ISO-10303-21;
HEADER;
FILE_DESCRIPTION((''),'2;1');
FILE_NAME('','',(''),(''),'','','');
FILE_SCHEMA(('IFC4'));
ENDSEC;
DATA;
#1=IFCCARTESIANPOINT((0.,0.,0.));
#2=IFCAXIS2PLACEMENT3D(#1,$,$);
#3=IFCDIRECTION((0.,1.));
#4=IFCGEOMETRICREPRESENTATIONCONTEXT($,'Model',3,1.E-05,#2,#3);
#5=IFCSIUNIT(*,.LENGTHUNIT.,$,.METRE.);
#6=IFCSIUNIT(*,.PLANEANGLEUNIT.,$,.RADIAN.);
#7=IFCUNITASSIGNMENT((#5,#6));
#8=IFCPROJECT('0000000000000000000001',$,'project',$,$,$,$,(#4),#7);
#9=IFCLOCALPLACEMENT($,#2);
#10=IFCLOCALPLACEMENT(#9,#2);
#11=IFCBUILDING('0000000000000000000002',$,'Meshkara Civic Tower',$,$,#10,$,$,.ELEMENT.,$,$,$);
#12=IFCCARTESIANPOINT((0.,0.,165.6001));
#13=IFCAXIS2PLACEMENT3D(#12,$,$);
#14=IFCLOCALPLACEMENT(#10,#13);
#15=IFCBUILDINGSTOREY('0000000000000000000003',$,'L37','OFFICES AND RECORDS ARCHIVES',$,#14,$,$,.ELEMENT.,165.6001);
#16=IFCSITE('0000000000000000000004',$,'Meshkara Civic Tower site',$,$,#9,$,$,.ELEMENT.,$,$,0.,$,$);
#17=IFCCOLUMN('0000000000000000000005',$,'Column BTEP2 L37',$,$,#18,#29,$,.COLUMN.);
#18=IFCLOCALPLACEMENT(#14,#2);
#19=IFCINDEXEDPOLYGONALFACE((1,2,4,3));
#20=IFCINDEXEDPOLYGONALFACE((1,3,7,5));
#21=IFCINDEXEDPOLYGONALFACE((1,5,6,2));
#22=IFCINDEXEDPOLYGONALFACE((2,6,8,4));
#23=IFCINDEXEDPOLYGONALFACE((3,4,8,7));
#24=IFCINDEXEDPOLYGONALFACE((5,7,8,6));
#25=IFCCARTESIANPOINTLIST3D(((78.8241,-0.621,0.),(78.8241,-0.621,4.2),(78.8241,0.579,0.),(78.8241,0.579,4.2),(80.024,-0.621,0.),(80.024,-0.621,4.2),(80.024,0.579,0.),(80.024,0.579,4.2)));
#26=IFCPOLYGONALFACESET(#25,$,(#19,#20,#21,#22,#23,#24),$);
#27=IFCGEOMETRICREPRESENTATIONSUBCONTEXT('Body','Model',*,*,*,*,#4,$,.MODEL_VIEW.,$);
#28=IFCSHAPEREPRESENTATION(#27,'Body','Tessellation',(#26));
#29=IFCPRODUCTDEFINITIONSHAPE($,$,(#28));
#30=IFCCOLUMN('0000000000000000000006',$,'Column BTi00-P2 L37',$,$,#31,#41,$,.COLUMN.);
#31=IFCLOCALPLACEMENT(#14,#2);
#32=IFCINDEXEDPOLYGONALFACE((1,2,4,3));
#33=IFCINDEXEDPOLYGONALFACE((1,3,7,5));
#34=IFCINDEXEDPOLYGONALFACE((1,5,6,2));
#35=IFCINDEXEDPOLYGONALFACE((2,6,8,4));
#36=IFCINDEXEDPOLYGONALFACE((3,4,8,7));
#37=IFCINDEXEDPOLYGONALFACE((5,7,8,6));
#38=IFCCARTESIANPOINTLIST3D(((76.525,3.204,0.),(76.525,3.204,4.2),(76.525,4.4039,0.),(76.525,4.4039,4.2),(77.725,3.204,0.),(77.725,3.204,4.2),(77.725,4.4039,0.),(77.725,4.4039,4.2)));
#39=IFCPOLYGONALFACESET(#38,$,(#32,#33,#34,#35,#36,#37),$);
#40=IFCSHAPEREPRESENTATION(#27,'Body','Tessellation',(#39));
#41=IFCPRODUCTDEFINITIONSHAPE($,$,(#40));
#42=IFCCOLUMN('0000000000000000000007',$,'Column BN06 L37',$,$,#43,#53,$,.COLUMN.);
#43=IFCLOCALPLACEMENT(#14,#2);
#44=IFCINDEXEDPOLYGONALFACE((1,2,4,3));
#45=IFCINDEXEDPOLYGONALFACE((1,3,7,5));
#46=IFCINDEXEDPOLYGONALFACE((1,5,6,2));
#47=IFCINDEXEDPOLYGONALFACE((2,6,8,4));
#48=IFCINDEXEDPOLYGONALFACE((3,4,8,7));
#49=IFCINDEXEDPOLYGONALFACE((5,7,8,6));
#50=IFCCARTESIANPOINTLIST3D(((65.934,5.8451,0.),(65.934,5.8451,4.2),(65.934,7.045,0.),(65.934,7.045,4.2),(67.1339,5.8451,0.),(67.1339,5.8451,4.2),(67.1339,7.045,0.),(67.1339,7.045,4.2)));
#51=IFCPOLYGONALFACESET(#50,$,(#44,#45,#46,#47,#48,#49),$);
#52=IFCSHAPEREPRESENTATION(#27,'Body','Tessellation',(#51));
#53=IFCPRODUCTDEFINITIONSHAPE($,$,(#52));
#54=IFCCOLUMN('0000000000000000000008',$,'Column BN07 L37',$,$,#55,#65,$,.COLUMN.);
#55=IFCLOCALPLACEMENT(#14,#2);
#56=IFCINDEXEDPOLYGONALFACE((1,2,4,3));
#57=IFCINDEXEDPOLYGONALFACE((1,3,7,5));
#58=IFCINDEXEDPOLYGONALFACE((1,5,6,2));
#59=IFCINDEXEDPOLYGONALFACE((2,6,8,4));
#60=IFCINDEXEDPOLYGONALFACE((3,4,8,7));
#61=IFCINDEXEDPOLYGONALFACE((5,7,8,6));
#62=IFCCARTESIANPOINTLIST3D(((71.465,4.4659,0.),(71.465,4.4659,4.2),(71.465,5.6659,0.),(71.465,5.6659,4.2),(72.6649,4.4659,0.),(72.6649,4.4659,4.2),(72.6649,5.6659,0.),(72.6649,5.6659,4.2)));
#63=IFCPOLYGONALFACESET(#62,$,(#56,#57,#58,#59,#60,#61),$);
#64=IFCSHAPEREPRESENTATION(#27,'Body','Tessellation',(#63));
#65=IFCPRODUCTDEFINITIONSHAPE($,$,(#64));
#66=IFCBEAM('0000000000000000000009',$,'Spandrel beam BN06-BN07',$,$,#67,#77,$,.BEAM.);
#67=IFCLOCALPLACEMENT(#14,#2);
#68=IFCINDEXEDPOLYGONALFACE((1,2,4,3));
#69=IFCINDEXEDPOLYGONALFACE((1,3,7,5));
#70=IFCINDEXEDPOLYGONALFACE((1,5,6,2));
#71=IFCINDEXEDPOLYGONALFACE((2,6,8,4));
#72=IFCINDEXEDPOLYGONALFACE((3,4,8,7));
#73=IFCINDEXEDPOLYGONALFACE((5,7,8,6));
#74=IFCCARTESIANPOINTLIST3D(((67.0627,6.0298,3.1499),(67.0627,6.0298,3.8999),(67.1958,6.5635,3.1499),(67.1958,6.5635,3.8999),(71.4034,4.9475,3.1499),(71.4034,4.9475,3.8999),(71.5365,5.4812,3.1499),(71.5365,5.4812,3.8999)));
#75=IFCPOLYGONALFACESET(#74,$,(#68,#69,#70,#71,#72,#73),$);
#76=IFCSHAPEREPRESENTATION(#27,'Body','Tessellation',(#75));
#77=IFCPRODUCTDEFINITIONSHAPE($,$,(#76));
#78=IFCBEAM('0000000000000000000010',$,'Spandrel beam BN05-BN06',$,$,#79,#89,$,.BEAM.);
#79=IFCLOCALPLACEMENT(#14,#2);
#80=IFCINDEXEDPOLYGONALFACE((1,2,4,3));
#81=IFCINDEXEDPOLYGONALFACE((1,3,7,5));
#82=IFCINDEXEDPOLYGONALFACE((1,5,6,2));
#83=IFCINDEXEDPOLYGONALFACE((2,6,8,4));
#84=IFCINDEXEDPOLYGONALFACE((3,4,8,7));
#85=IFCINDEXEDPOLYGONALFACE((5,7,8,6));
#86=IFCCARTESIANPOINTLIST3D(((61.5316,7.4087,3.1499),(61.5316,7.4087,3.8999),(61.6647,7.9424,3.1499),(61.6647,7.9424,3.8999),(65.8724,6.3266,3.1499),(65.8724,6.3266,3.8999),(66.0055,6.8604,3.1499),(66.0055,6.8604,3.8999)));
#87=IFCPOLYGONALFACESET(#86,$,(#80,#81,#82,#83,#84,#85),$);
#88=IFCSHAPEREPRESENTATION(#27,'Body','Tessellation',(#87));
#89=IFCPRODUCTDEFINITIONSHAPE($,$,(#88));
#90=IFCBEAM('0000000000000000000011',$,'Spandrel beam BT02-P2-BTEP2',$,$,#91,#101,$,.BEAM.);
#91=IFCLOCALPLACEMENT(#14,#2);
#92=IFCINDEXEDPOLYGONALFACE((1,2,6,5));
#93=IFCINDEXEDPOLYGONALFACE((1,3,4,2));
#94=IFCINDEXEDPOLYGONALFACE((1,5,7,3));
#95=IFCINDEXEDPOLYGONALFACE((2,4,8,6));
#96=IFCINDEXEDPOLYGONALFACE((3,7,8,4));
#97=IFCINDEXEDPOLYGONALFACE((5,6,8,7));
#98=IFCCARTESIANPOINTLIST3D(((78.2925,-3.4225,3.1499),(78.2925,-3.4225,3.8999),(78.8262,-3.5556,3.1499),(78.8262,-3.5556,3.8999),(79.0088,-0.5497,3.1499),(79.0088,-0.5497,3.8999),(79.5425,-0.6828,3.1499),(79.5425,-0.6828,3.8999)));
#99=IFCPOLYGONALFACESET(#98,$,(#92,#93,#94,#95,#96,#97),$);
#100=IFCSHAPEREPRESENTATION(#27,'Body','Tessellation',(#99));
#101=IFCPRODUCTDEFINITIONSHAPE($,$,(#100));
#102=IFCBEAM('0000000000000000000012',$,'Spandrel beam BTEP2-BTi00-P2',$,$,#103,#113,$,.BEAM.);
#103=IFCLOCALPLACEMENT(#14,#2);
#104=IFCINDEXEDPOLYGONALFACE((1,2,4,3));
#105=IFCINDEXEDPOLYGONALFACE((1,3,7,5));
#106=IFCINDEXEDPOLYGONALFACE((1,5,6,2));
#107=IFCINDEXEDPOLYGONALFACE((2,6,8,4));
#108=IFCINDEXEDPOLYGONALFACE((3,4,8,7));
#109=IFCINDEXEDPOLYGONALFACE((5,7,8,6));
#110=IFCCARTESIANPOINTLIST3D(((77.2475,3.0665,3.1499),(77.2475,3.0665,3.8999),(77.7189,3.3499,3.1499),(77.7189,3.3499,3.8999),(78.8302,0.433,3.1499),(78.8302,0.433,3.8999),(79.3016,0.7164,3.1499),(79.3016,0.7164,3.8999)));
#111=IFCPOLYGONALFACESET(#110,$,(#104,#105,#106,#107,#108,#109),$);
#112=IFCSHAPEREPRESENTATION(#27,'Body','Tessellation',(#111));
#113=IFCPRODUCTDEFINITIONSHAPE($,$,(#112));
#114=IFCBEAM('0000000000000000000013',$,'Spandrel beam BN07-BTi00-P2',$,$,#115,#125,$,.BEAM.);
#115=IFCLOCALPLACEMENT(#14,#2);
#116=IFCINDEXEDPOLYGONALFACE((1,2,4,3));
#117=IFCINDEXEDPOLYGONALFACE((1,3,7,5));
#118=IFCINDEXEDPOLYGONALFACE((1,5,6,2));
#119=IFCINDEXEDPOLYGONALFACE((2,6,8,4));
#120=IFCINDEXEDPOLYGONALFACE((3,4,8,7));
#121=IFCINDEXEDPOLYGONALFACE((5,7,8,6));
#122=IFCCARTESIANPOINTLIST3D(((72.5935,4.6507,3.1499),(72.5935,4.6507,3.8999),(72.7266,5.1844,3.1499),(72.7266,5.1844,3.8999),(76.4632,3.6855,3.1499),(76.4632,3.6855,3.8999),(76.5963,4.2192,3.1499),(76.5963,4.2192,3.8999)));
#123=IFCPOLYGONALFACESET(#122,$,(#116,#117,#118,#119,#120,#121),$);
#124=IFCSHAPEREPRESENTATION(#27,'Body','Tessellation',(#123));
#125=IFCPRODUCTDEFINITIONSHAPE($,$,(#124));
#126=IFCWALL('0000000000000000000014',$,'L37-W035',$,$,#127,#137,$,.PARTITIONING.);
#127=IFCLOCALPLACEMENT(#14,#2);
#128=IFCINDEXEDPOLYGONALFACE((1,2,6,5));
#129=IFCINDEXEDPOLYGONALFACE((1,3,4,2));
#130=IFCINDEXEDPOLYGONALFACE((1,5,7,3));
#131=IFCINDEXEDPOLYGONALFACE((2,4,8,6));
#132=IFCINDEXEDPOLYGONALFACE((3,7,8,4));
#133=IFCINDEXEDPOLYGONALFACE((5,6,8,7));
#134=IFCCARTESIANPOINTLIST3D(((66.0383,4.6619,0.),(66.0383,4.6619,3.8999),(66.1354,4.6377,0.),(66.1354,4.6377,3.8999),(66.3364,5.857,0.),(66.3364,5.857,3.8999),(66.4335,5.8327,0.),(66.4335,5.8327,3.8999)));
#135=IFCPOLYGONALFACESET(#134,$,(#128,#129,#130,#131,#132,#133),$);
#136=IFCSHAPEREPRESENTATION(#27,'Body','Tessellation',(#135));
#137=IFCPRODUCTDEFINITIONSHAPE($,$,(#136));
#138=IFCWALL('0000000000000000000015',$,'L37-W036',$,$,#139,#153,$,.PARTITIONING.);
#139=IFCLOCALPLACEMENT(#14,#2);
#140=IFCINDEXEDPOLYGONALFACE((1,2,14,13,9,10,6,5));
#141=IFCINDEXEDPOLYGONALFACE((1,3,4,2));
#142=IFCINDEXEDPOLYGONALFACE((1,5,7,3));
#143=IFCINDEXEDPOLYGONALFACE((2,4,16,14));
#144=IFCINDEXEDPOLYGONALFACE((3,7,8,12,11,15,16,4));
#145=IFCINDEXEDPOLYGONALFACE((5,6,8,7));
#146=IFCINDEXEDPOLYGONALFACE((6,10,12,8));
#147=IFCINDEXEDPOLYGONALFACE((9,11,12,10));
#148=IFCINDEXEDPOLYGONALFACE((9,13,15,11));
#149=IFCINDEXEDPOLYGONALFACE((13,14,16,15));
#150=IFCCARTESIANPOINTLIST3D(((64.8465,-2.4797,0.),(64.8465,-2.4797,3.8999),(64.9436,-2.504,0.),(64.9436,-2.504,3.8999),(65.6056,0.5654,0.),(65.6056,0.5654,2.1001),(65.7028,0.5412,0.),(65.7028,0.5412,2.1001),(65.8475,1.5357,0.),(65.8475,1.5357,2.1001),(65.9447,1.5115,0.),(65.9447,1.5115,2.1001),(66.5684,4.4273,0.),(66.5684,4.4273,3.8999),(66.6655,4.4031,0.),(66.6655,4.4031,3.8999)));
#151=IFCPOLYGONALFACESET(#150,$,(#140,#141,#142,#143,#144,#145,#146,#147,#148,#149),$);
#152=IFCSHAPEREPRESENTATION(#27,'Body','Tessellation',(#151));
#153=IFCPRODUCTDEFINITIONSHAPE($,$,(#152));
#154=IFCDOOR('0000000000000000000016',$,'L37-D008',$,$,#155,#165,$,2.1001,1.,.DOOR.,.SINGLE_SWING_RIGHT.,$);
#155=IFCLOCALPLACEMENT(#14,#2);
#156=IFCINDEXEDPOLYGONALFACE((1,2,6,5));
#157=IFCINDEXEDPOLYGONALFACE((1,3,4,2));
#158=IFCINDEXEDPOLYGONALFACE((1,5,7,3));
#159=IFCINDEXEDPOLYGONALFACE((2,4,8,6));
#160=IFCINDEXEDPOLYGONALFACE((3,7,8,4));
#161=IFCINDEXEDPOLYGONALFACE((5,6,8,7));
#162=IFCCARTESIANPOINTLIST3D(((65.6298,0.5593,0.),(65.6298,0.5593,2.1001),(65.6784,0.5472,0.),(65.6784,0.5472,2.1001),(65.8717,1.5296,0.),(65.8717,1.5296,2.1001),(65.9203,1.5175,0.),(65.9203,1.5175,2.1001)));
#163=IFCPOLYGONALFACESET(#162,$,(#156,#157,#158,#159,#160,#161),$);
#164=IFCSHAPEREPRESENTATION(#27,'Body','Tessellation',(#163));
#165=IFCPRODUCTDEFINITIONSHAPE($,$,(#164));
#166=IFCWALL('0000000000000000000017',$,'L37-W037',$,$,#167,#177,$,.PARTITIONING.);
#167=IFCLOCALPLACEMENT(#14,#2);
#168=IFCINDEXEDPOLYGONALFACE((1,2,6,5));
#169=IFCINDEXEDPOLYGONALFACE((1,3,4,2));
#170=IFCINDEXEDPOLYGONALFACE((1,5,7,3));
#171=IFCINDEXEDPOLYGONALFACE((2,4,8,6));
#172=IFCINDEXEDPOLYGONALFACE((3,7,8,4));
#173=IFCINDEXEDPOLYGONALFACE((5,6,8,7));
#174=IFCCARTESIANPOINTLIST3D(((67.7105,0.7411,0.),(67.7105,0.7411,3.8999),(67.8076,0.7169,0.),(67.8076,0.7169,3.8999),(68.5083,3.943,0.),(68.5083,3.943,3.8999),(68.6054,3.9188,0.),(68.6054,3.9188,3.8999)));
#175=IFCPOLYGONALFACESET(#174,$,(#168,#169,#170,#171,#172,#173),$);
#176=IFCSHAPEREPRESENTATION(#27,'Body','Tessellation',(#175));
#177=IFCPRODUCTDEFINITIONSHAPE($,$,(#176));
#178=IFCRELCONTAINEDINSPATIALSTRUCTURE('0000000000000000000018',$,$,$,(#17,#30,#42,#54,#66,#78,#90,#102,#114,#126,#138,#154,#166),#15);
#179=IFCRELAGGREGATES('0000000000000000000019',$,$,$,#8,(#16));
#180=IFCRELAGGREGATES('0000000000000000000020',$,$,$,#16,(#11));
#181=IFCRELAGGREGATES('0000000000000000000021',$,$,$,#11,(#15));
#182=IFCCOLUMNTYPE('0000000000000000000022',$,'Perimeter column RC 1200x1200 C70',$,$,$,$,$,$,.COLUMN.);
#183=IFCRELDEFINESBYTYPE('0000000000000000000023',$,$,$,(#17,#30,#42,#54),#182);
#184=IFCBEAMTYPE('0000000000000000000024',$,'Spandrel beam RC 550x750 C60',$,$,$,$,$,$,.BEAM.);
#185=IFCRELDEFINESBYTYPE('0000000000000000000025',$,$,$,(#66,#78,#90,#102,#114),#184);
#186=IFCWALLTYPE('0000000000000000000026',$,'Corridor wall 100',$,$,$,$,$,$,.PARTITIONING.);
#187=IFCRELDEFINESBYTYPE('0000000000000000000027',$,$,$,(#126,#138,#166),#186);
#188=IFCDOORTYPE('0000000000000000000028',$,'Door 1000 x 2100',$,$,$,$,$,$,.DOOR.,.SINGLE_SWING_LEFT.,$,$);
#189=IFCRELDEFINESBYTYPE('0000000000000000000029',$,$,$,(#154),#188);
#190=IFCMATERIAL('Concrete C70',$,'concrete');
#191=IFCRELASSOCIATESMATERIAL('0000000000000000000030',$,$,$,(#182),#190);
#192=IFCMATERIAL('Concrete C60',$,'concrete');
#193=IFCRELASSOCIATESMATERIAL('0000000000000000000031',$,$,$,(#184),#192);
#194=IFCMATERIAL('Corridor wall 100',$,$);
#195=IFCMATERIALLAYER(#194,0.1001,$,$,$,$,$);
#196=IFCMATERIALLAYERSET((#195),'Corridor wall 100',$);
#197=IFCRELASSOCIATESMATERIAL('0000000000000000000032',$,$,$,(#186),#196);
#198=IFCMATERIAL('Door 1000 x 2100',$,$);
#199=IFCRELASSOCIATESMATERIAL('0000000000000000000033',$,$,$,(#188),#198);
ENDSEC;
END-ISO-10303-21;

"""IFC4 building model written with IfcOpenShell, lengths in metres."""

from ifc_helpers import new_model, si_unit, direction, frame, frame_2d, origin, origin_2d, place, context, subcontext, project, spatial, rectangle, extrude, material, layer, layer_set, material_profile, profile_set, type_object, element, fill, save


model = new_model("IFC4")

# Units and contexts
model_context = context("Model", 3, precision=1e-05, world=origin(), true_north=direction((0.0, 1.0)))
body_context = subcontext(model_context, "Body", "Model", "MODEL_VIEW")
ifc_project = project(units=[si_unit("LENGTHUNIT", "METRE"), si_unit("PLANEANGLEUNIT", "RADIAN")], contexts=[model_context])

# Site, building, storey
site_placement = place(None, origin())
site = spatial("IfcSite", under=ifc_project, at=site_placement, Name="Meshkara Civic Tower site", CompositionType="ELEMENT", RefElevation=0.0)
building_placement = place(site_placement, origin())
building = spatial("IfcBuilding", under=site, at=building_placement, Name="Meshkara Civic Tower", CompositionType="ELEMENT")
storey_placement = place(building_placement, frame((0.0, 0.0, 165.6001)))
storey = spatial("IfcBuildingStorey", under=building, at=storey_placement, Name="L37", Description="OFFICES AND RECORDS ARCHIVES", CompositionType="ELEMENT", Elevation=165.6001)

# Columns
ifc_material_1 = material(Name="Concrete C70", Category="concrete")
ifc_material_profile_1 = material_profile(ifc_material_1, rectangle(XDim=1.2, YDim=1.2, at=origin_2d()))
ifc_profile_set_1 = profile_set([ifc_material_profile_1], Name="Concrete C70")
column_type = type_object("IfcColumnType", Name="Perimeter column RC 1200x1200 C70", PredefinedType="COLUMN", material=ifc_profile_set_1)
for number, where, z_axis, x_axis, name in (
    (1, (79.4241, -0.021, 0.0), (0.0, 0.0, 1.0), (1.0, 0.0, 0.0), "Column BTEP2 L37"),
    (2, (77.125, 3.804, 0.0), (0.0, 0.0, 1.0), (1.0, 0.0, 0.0), "Column BTi00-P2 L37"),
    (3, (66.5339, 6.4451, 0.0), (0.0, 0.0, 1.0), (1.0, 0.0, 0.0), "Column BN06 L37"),
    (4, (72.0649, 5.0659, 0.0), (0.0, 0.0, 1.0), (1.0, 0.0, 0.0), "Column BN07 L37"),
):
    element("IfcColumn", number, at=place(storey_placement, frame(where, z_axis=z_axis, x_axis=x_axis)), inside=storey, type_object=column_type, Name=name, PredefinedType="COLUMN", context=body_context, shape_type="SweptSolid", body=[
        extrude(rectangle(XDim=1.2, YDim=1.2, at=origin_2d()), origin(), (0.0, 0.0, 1.0), 4.2),
    ])

# Beams
ifc_material_2 = material(Name="Concrete C60", Category="concrete")
ifc_material_profile_2 = material_profile(ifc_material_2, rectangle(XDim=0.55, YDim=0.75, at=origin_2d()))
ifc_profile_set_2 = profile_set([ifc_material_profile_2], Name="Concrete C60")
beam_type = type_object("IfcBeamType", Name="Spandrel beam RC 550x750 C60", PredefinedType="BEAM", material=ifc_profile_set_2)
for number, where, z_axis, x_axis, name in (
    (5, (71.47, 5.2144, 3.5249), (-0.970296, 0.241919, 0.0), (-0.241919, -0.970296, 0.0), "Spandrel beam BN06-BN07"),
    (6, (65.939, 6.5935, 3.5249), (-0.970309, 0.241868, 0.0), (-0.241868, -0.970309, 0.0), "Spandrel beam BN05-BN06"),
):
    element("IfcBeam", number, at=place(storey_placement, frame(where, z_axis=z_axis, x_axis=x_axis)), inside=storey, type_object=beam_type, Name=name, PredefinedType="BEAM", context=body_context, shape_type="SweptSolid", body=[
        extrude(rectangle(XDim=0.55, YDim=0.75, at=origin_2d()), origin(), (0.0, 0.0, 1.0), 4.4736),
    ])
beam_1_placement = place(storey_placement, frame((78.5593, -3.489, 3.5249), z_axis=(0.241934, 0.970293, 0.0), x_axis=(-0.970293, 0.241934, 0.0)))
element("IfcBeam", 7, at=beam_1_placement, inside=storey, type_object=beam_type, Name="Spandrel beam BT02-P2-BTEP2", PredefinedType="BEAM", context=body_context, shape_type="SweptSolid", body=[
    extrude(rectangle(XDim=0.55, YDim=0.75, at=origin_2d()), origin(), (0.0, 0.0, 1.0), 2.9607),
])
beam_2_placement = place(storey_placement, frame((79.0659, 0.5747, 3.5249), z_axis=(-0.515127, 0.857114, 0.0), x_axis=(-0.857114, -0.515127, 0.0)))
element("IfcBeam", 8, at=beam_2_placement, inside=storey, type_object=beam_type, Name="Spandrel beam BTEP2-BTi00-P2", PredefinedType="BEAM", context=body_context, shape_type="SweptSolid", body=[
    extrude(rectangle(XDim=0.55, YDim=0.75, at=origin_2d()), origin(), (0.0, 0.0, 1.0), 3.0725),
])
beam_3_placement = place(storey_placement, frame((76.5298, 3.9524, 3.5249), z_axis=(-0.970279, 0.241988, 0.0), x_axis=(-0.241988, -0.970279, 0.0)))
element("IfcBeam", 9, at=beam_3_placement, inside=storey, type_object=beam_type, Name="Spandrel beam BN07-BTi00-P2", PredefinedType="BEAM", context=body_context, shape_type="SweptSolid", body=[
    extrude(rectangle(XDim=0.55, YDim=0.75, at=origin_2d()), origin(), (0.0, 0.0, 1.0), 3.9883),
])

# Wall
ifc_material_3 = material(Name="Corridor wall 100")
ifc_layer_1 = layer(ifc_material_3, 0.1001)
ifc_layer_set_1 = layer_set([ifc_layer_1], Name="Corridor wall 100")
wall_type_1 = type_object("IfcWallType", Name="Corridor wall 100", PredefinedType="PARTITIONING", material=ifc_layer_set_1)
wall_1_placement = place(storey_placement, frame((66.0869, 4.6499, 0.0), z_axis=(0.0, 0.0, 1.0), x_axis=(0.242023, 0.970271, 0.0)))
element("IfcWall", 10, at=wall_1_placement, inside=storey, type_object=wall_type_1, Name="L37-W035", PredefinedType="PARTITIONING", context=body_context, shape_type="SweptSolid", body=[
    extrude(rectangle(XDim=1.2317, YDim=0.1001, at=frame_2d((0.6157, 0.0))), origin(), (0.0, 0.0, 1.0), 3.8999),
])

# Wall, opening, door
wall_2_placement = place(storey_placement, frame((66.6169, 4.415, 0.0), z_axis=(0.0, 0.0, 1.0), x_axis=(-0.241898, -0.970302, 0.0)))
wall_2 = element("IfcWall", 11, at=wall_2_placement, inside=storey, type_object=wall_type_1, Name="L37-W036", PredefinedType="PARTITIONING", context=body_context, shape_type="SweptSolid", body=[
    extrude(rectangle(XDim=7.1184, YDim=0.1001, at=frame_2d((3.5591, 0.0))), origin(), (0.0, 0.0, 1.0), 3.8999),
])
opening_1_placement = place(wall_2_placement, frame((2.98, 0.0, 0.0)))
opening_1 = element("IfcOpeningElement", 12, at=opening_1_placement, cuts=wall_2, PredefinedType="OPENING", context=body_context, shape_type="SweptSolid", body=[
    extrude(rectangle(XDim=1.0, YDim=2.1001, at=frame_2d((0.5, 1.05))), frame((0.0, 0.0601, 0.0), z_axis=(0.0, -1.0, 0.0), x_axis=(1.0, 0.0, 0.0)), (0.0, 0.0, 1.0), 0.1201),
])
ifc_material_4 = material(Name="Door 1000 x 2100")
door_type = type_object("IfcDoorType", Name="Door 1000 x 2100", OperationType="SINGLE_SWING_LEFT", PredefinedType="DOOR", material=ifc_material_4)
door_1_placement = place(opening_1_placement, origin())
door_1 = element("IfcDoor", 13, at=door_1_placement, inside=storey, type_object=door_type, Name="L37-D008", OperationType="SINGLE_SWING_RIGHT", OverallHeight=2.1001, OverallWidth=1.0, PredefinedType="DOOR", context=body_context, shape_type="SweptSolid", body=[
    extrude(rectangle(XDim=1.0, YDim=2.1001, at=frame_2d((0.5, 1.05))), frame((0.0, 0.0249, 0.0), z_axis=(0.0, -1.0, 0.0), x_axis=(1.0, 0.0, 0.0)), (0.0, 0.0, 1.0), 0.05),
])
fill(opening_1, door_1)

# Wall
wall_3_placement = place(storey_placement, frame((67.759, 0.729, 0.0), z_axis=(0.0, 0.0, 1.0), x_axis=(0.241787, 0.970329, 0.0)))
element("IfcWall", 14, at=wall_3_placement, inside=storey, type_object=wall_type_1, Name="L37-W037", PredefinedType="PARTITIONING", context=body_context, shape_type="SweptSolid", body=[
    extrude(rectangle(XDim=3.2998, YDim=0.1001, at=frame_2d((1.6499, 0.0))), origin(), (0.0, 0.0, 1.0), 3.8999),
])

save(model, "model.ifc")
